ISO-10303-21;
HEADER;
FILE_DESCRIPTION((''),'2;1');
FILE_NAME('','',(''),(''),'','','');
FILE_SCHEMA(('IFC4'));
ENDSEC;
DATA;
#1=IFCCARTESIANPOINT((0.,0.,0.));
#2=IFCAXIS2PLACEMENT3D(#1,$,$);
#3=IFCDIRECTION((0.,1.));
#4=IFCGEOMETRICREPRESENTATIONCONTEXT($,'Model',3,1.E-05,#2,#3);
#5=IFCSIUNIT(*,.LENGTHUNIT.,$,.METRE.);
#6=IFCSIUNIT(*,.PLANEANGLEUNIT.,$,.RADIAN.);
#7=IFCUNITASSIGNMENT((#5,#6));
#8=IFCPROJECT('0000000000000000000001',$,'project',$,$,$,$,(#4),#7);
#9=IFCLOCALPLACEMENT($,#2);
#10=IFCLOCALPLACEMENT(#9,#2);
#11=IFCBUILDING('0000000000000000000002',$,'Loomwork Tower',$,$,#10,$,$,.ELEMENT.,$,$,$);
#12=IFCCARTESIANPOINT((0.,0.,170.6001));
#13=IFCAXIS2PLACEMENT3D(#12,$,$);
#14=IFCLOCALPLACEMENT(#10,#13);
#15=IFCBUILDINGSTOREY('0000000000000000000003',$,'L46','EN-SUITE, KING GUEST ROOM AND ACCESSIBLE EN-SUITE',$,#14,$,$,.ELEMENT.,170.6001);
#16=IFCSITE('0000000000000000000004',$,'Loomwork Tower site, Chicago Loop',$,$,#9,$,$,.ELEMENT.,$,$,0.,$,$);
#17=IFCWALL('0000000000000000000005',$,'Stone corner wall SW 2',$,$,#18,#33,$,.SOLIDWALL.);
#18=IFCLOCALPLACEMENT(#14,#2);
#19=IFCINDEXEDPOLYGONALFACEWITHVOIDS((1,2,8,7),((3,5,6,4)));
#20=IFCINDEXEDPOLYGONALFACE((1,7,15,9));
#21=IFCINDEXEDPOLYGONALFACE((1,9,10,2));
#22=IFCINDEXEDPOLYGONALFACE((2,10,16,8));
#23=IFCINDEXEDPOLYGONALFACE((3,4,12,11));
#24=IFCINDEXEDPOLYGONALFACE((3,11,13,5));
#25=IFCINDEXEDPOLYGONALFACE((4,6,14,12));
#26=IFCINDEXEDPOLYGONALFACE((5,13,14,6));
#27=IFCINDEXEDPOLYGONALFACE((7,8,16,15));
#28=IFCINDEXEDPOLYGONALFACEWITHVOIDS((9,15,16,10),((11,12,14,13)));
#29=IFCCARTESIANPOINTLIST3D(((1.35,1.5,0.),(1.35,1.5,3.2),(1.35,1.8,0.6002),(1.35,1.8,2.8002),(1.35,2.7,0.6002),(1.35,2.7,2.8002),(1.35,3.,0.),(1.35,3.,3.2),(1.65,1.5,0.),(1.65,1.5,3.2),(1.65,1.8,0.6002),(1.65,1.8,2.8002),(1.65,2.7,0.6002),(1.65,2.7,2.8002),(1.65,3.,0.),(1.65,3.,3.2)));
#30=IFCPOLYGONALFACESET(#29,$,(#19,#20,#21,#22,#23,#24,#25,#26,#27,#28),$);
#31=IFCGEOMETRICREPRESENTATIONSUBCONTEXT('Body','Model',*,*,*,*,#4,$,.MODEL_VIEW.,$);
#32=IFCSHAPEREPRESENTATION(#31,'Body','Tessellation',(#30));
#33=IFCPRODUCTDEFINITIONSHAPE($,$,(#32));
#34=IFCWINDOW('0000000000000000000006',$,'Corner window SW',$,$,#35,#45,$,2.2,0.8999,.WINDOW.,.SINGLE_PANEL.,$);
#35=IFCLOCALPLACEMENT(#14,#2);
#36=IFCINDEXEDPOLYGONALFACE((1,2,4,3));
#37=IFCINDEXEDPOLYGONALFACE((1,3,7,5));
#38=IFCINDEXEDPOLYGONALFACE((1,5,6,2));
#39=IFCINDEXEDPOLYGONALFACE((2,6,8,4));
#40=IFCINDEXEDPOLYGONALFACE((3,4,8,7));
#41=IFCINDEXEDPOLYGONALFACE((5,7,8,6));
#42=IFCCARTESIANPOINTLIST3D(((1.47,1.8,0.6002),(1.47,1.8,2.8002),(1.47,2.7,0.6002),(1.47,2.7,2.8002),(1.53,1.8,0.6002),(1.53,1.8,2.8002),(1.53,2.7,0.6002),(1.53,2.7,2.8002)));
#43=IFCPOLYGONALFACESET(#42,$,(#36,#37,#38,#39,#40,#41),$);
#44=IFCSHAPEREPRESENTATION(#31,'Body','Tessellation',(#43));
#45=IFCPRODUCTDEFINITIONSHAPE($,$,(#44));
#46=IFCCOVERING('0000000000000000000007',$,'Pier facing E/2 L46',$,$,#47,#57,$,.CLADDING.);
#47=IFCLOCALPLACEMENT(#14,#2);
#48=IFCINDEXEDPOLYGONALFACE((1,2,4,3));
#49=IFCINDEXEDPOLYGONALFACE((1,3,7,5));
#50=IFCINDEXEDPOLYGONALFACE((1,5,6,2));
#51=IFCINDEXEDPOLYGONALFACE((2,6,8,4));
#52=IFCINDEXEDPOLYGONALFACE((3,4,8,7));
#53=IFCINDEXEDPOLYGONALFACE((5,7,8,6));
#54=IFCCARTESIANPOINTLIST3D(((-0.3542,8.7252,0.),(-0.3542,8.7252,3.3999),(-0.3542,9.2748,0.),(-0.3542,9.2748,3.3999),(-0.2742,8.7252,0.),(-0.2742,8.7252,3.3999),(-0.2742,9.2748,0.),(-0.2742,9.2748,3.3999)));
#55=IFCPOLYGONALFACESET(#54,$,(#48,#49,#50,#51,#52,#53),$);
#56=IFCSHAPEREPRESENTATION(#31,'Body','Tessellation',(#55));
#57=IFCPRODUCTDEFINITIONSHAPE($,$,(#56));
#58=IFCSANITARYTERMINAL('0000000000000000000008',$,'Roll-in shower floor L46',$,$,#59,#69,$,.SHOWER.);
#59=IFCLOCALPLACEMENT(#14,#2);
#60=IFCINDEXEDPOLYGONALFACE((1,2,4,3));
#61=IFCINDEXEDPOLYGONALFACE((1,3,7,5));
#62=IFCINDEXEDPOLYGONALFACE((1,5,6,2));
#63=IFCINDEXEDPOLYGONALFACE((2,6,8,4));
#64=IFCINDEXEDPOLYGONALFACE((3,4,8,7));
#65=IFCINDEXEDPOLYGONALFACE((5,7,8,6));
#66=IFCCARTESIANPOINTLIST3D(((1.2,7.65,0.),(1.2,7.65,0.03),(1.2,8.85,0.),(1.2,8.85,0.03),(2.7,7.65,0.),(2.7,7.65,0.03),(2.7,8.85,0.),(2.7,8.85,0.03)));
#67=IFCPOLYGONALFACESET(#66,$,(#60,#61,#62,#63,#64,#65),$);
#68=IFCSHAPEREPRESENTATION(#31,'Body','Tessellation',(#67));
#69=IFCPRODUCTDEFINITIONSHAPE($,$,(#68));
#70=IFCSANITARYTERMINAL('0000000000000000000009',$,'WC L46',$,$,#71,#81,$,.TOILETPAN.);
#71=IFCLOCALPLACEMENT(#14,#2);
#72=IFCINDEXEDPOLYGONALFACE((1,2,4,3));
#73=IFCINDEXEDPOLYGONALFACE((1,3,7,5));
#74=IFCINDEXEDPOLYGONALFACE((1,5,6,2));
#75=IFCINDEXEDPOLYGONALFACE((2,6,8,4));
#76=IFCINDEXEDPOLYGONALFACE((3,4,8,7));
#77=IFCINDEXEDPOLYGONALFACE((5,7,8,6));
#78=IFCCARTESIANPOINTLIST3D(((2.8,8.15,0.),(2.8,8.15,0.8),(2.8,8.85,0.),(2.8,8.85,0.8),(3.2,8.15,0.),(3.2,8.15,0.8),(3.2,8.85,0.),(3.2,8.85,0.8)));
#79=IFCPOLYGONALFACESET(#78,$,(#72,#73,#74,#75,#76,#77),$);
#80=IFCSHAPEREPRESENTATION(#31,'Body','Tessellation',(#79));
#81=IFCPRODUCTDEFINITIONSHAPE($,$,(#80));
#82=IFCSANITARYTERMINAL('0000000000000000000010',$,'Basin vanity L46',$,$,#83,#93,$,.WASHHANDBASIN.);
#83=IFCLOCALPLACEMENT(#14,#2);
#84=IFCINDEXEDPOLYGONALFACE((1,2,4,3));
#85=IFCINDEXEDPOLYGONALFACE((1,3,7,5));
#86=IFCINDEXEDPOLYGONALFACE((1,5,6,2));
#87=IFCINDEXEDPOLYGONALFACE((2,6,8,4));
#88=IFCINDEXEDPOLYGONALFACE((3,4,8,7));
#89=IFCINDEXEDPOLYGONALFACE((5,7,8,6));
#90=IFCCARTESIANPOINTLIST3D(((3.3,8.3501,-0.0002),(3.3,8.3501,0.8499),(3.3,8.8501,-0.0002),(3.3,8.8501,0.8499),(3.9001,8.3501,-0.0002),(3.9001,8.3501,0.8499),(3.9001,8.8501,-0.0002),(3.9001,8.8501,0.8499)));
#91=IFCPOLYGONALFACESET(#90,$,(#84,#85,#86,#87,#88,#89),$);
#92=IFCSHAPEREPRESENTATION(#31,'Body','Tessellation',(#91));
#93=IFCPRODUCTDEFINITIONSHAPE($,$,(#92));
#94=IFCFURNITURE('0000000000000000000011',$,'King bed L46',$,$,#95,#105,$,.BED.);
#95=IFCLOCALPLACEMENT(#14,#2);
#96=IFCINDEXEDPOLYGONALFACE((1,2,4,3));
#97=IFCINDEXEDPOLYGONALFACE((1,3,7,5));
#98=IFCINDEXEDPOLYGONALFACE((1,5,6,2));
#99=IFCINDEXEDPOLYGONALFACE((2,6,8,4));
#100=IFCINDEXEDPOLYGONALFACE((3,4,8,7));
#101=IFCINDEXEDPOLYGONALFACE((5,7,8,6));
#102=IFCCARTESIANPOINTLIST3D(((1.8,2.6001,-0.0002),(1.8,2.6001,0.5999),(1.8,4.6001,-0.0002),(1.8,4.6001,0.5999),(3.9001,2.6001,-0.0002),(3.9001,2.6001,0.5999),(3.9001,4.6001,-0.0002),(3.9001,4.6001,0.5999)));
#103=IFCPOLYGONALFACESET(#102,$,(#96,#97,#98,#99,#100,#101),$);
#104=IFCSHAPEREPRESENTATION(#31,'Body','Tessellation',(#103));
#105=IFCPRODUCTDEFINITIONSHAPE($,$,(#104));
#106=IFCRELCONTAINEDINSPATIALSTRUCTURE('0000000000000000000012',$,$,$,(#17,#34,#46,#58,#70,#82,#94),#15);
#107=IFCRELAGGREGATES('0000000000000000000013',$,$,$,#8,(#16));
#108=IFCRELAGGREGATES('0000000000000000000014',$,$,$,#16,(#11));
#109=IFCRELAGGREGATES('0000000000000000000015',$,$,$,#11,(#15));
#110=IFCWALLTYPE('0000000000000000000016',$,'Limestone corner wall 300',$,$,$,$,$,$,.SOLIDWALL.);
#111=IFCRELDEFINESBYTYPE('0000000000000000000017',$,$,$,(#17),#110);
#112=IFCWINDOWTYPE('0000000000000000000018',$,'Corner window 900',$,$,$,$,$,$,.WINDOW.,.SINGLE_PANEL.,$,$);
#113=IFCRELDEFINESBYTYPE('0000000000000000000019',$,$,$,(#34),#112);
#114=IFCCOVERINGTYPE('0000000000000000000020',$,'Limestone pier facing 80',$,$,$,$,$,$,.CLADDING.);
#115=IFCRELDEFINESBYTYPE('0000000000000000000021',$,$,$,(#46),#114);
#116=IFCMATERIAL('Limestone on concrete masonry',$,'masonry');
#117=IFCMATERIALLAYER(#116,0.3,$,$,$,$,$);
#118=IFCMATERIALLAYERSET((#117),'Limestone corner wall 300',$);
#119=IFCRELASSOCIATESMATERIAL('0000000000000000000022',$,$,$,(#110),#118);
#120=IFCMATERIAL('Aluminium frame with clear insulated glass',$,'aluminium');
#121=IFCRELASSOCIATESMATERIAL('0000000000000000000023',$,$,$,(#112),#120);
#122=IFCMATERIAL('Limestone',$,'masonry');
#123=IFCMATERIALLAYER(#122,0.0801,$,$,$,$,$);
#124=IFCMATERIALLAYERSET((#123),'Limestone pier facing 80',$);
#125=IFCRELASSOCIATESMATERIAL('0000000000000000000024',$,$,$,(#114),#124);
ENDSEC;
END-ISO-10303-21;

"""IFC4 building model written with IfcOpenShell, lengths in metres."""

from ifc_helpers import new_model, si_unit, direction, frame, frame_2d, origin, origin_2d, place, context, subcontext, project, spatial, rectangle, extrude, material, layer, layer_set, type_object, element, fill, save


model = new_model("IFC4")

# Units and contexts
model_context = context("Model", 3, precision=1e-05, world=origin(), true_north=direction((0.0, 1.0)))
body_context = subcontext(model_context, "Body", "Model", "MODEL_VIEW")
ifc_project = project(units=[si_unit("LENGTHUNIT", "METRE"), si_unit("PLANEANGLEUNIT", "RADIAN")], contexts=[model_context])

# Site, building, storey
site_placement = place(None, origin())
site = spatial("IfcSite", under=ifc_project, at=site_placement, Name="Loomwork Tower site, Chicago Loop", CompositionType="ELEMENT", RefElevation=0.0)
building_placement = place(site_placement, origin())
building = spatial("IfcBuilding", under=site, at=building_placement, Name="Loomwork Tower", CompositionType="ELEMENT")
storey_placement = place(building_placement, frame((0.0, 0.0, 170.6001)))
storey = spatial("IfcBuildingStorey", under=building, at=storey_placement, Name="L46", Description="EN-SUITE, KING GUEST ROOM AND ACCESSIBLE EN-SUITE", CompositionType="ELEMENT", Elevation=170.6001)

# Wall, opening, window
ifc_material_1 = material(Name="Limestone on concrete masonry", Category="masonry")
ifc_layer_1 = layer(ifc_material_1, 0.3)
ifc_layer_set_1 = layer_set([ifc_layer_1], Name="Limestone corner wall 300")
wall_type_1 = type_object("IfcWallType", Name="Limestone corner wall 300", PredefinedType="SOLIDWALL", material=ifc_layer_set_1)
wall_1_placement = place(storey_placement, frame((1.5, 3.0, 0.0), z_axis=(0.0, 0.0, 1.0), x_axis=(0.0, -1.0, 0.0)))
wall_1 = element("IfcWall", 1, at=wall_1_placement, inside=storey, type_object=wall_type_1, Name="Stone corner wall SW 2", PredefinedType="SOLIDWALL", context=body_context, shape_type="SweptSolid", body=[
    extrude(rectangle(XDim=1.5, YDim=0.3, at=frame_2d((0.75, 0.0))), origin(), (0.0, 0.0, 1.0), 3.2),
])
opening_1_placement = place(wall_1_placement, frame((0.3, 0.0, 0.6001)))
opening_1 = element("IfcOpeningElement", 2, at=opening_1_placement, cuts=wall_1, PredefinedType="OPENING", context=body_context, shape_type="SweptSolid", body=[
    extrude(rectangle(XDim=0.8999, YDim=2.2, at=frame_2d((0.45, 1.1001))), frame((0.0, 0.1599, 0.0), z_axis=(0.0, -1.0, 0.0), x_axis=(1.0, 0.0, 0.0)), (0.0, 0.0, 1.0), 0.3201),
])
ifc_material_2 = material(Name="Aluminium frame with clear insulated glass", Category="aluminium")
window_type_1 = type_object("IfcWindowType", Name="Corner window 900", PartitioningType="SINGLE_PANEL", PredefinedType="WINDOW", material=ifc_material_2)
window_1_placement = place(opening_1_placement, origin())
window_1 = element("IfcWindow", 3, at=window_1_placement, inside=storey, type_object=window_type_1, Name="Corner window SW", OverallHeight=2.2, OverallWidth=0.8999, PartitioningType="SINGLE_PANEL", PredefinedType="WINDOW", context=body_context, shape_type="SweptSolid", body=[
    extrude(rectangle(XDim=0.8999, YDim=2.2, at=frame_2d((0.45, 1.1001))), frame((0.0, 0.03, 0.0), z_axis=(0.0, -1.0, 0.0), x_axis=(1.0, 0.0, 0.0)), (0.0, 0.0, 1.0), 0.0601),
])
fill(opening_1, window_1)

# Covering
ifc_material_3 = material(Name="Limestone", Category="masonry")
ifc_layer_2 = layer(ifc_material_3, 0.0801)
ifc_layer_set_2 = layer_set([ifc_layer_2], Name="Limestone pier facing 80")
covering_type = type_object("IfcCoveringType", Name="Limestone pier facing 80", PredefinedType="CLADDING", material=ifc_layer_set_2)
covering_placement = place(storey_placement, frame((-0.3142, 9.0, 0.0), z_axis=(0.0, 0.0, 1.0), x_axis=(1.0, 0.0, 0.0)))
element("IfcCovering", 4, at=covering_placement, inside=storey, type_object=covering_type, Name="Pier facing E/2 L46", PredefinedType="CLADDING", context=body_context, shape_type="SweptSolid", body=[
    extrude(rectangle(XDim=0.0801, YDim=0.5496, at=origin_2d()), origin(), (0.0, 0.0, 1.0), 3.3999),
])

# Sanitary terminals
sanitary_terminal_1_placement = place(storey_placement, frame((1.95, 8.25, 0.0), z_axis=(0.0, 0.0, 1.0), x_axis=(1.0, 0.0, 0.0)))
element("IfcSanitaryTerminal", 5, at=sanitary_terminal_1_placement, inside=storey, Name="Roll-in shower floor L46", PredefinedType="SHOWER", context=body_context, shape_type="SweptSolid", body=[
    extrude(rectangle(XDim=1.5, YDim=1.2, at=origin_2d()), origin(), (0.0, 0.0, 1.0), 0.03),
])
sanitary_terminal_2_placement = place(storey_placement, frame((3.0, 8.5, 0.0), z_axis=(0.0, 0.0, 1.0), x_axis=(1.0, 0.0, 0.0)))
element("IfcSanitaryTerminal", 6, at=sanitary_terminal_2_placement, inside=storey, Name="WC L46", PredefinedType="TOILETPAN", context=body_context, shape_type="SweptSolid", body=[
    extrude(rectangle(XDim=0.3999, YDim=0.7, at=origin_2d()), origin(), (0.0, 0.0, 1.0), 0.8),
])
sanitary_terminal_3_placement = place(storey_placement, frame((3.6001, 8.6001, -0.0002), z_axis=(0.0, 0.0, 1.0), x_axis=(1.0, 0.0, 0.0)))
element("IfcSanitaryTerminal", 7, at=sanitary_terminal_3_placement, inside=storey, Name="Basin vanity L46", PredefinedType="WASHHANDBASIN", context=body_context, shape_type="SweptSolid", body=[
    extrude(rectangle(XDim=0.6001, YDim=0.5, at=origin_2d()), origin(), (0.0, 0.0, 1.0), 0.8501),
])

# Furniture
furniture_placement = place(storey_placement, frame((2.8501, 3.6001, -0.0002), z_axis=(0.0, 0.0, 1.0), x_axis=(1.0, 0.0, 0.0)))
element("IfcFurniture", 8, at=furniture_placement, inside=storey, Name="King bed L46", PredefinedType="BED", context=body_context, shape_type="SweptSolid", body=[
    extrude(rectangle(XDim=2.1001, YDim=2.0, at=origin_2d()), origin(), (0.0, 0.0, 1.0), 0.6001),
])

save(model, "model.ifc")
